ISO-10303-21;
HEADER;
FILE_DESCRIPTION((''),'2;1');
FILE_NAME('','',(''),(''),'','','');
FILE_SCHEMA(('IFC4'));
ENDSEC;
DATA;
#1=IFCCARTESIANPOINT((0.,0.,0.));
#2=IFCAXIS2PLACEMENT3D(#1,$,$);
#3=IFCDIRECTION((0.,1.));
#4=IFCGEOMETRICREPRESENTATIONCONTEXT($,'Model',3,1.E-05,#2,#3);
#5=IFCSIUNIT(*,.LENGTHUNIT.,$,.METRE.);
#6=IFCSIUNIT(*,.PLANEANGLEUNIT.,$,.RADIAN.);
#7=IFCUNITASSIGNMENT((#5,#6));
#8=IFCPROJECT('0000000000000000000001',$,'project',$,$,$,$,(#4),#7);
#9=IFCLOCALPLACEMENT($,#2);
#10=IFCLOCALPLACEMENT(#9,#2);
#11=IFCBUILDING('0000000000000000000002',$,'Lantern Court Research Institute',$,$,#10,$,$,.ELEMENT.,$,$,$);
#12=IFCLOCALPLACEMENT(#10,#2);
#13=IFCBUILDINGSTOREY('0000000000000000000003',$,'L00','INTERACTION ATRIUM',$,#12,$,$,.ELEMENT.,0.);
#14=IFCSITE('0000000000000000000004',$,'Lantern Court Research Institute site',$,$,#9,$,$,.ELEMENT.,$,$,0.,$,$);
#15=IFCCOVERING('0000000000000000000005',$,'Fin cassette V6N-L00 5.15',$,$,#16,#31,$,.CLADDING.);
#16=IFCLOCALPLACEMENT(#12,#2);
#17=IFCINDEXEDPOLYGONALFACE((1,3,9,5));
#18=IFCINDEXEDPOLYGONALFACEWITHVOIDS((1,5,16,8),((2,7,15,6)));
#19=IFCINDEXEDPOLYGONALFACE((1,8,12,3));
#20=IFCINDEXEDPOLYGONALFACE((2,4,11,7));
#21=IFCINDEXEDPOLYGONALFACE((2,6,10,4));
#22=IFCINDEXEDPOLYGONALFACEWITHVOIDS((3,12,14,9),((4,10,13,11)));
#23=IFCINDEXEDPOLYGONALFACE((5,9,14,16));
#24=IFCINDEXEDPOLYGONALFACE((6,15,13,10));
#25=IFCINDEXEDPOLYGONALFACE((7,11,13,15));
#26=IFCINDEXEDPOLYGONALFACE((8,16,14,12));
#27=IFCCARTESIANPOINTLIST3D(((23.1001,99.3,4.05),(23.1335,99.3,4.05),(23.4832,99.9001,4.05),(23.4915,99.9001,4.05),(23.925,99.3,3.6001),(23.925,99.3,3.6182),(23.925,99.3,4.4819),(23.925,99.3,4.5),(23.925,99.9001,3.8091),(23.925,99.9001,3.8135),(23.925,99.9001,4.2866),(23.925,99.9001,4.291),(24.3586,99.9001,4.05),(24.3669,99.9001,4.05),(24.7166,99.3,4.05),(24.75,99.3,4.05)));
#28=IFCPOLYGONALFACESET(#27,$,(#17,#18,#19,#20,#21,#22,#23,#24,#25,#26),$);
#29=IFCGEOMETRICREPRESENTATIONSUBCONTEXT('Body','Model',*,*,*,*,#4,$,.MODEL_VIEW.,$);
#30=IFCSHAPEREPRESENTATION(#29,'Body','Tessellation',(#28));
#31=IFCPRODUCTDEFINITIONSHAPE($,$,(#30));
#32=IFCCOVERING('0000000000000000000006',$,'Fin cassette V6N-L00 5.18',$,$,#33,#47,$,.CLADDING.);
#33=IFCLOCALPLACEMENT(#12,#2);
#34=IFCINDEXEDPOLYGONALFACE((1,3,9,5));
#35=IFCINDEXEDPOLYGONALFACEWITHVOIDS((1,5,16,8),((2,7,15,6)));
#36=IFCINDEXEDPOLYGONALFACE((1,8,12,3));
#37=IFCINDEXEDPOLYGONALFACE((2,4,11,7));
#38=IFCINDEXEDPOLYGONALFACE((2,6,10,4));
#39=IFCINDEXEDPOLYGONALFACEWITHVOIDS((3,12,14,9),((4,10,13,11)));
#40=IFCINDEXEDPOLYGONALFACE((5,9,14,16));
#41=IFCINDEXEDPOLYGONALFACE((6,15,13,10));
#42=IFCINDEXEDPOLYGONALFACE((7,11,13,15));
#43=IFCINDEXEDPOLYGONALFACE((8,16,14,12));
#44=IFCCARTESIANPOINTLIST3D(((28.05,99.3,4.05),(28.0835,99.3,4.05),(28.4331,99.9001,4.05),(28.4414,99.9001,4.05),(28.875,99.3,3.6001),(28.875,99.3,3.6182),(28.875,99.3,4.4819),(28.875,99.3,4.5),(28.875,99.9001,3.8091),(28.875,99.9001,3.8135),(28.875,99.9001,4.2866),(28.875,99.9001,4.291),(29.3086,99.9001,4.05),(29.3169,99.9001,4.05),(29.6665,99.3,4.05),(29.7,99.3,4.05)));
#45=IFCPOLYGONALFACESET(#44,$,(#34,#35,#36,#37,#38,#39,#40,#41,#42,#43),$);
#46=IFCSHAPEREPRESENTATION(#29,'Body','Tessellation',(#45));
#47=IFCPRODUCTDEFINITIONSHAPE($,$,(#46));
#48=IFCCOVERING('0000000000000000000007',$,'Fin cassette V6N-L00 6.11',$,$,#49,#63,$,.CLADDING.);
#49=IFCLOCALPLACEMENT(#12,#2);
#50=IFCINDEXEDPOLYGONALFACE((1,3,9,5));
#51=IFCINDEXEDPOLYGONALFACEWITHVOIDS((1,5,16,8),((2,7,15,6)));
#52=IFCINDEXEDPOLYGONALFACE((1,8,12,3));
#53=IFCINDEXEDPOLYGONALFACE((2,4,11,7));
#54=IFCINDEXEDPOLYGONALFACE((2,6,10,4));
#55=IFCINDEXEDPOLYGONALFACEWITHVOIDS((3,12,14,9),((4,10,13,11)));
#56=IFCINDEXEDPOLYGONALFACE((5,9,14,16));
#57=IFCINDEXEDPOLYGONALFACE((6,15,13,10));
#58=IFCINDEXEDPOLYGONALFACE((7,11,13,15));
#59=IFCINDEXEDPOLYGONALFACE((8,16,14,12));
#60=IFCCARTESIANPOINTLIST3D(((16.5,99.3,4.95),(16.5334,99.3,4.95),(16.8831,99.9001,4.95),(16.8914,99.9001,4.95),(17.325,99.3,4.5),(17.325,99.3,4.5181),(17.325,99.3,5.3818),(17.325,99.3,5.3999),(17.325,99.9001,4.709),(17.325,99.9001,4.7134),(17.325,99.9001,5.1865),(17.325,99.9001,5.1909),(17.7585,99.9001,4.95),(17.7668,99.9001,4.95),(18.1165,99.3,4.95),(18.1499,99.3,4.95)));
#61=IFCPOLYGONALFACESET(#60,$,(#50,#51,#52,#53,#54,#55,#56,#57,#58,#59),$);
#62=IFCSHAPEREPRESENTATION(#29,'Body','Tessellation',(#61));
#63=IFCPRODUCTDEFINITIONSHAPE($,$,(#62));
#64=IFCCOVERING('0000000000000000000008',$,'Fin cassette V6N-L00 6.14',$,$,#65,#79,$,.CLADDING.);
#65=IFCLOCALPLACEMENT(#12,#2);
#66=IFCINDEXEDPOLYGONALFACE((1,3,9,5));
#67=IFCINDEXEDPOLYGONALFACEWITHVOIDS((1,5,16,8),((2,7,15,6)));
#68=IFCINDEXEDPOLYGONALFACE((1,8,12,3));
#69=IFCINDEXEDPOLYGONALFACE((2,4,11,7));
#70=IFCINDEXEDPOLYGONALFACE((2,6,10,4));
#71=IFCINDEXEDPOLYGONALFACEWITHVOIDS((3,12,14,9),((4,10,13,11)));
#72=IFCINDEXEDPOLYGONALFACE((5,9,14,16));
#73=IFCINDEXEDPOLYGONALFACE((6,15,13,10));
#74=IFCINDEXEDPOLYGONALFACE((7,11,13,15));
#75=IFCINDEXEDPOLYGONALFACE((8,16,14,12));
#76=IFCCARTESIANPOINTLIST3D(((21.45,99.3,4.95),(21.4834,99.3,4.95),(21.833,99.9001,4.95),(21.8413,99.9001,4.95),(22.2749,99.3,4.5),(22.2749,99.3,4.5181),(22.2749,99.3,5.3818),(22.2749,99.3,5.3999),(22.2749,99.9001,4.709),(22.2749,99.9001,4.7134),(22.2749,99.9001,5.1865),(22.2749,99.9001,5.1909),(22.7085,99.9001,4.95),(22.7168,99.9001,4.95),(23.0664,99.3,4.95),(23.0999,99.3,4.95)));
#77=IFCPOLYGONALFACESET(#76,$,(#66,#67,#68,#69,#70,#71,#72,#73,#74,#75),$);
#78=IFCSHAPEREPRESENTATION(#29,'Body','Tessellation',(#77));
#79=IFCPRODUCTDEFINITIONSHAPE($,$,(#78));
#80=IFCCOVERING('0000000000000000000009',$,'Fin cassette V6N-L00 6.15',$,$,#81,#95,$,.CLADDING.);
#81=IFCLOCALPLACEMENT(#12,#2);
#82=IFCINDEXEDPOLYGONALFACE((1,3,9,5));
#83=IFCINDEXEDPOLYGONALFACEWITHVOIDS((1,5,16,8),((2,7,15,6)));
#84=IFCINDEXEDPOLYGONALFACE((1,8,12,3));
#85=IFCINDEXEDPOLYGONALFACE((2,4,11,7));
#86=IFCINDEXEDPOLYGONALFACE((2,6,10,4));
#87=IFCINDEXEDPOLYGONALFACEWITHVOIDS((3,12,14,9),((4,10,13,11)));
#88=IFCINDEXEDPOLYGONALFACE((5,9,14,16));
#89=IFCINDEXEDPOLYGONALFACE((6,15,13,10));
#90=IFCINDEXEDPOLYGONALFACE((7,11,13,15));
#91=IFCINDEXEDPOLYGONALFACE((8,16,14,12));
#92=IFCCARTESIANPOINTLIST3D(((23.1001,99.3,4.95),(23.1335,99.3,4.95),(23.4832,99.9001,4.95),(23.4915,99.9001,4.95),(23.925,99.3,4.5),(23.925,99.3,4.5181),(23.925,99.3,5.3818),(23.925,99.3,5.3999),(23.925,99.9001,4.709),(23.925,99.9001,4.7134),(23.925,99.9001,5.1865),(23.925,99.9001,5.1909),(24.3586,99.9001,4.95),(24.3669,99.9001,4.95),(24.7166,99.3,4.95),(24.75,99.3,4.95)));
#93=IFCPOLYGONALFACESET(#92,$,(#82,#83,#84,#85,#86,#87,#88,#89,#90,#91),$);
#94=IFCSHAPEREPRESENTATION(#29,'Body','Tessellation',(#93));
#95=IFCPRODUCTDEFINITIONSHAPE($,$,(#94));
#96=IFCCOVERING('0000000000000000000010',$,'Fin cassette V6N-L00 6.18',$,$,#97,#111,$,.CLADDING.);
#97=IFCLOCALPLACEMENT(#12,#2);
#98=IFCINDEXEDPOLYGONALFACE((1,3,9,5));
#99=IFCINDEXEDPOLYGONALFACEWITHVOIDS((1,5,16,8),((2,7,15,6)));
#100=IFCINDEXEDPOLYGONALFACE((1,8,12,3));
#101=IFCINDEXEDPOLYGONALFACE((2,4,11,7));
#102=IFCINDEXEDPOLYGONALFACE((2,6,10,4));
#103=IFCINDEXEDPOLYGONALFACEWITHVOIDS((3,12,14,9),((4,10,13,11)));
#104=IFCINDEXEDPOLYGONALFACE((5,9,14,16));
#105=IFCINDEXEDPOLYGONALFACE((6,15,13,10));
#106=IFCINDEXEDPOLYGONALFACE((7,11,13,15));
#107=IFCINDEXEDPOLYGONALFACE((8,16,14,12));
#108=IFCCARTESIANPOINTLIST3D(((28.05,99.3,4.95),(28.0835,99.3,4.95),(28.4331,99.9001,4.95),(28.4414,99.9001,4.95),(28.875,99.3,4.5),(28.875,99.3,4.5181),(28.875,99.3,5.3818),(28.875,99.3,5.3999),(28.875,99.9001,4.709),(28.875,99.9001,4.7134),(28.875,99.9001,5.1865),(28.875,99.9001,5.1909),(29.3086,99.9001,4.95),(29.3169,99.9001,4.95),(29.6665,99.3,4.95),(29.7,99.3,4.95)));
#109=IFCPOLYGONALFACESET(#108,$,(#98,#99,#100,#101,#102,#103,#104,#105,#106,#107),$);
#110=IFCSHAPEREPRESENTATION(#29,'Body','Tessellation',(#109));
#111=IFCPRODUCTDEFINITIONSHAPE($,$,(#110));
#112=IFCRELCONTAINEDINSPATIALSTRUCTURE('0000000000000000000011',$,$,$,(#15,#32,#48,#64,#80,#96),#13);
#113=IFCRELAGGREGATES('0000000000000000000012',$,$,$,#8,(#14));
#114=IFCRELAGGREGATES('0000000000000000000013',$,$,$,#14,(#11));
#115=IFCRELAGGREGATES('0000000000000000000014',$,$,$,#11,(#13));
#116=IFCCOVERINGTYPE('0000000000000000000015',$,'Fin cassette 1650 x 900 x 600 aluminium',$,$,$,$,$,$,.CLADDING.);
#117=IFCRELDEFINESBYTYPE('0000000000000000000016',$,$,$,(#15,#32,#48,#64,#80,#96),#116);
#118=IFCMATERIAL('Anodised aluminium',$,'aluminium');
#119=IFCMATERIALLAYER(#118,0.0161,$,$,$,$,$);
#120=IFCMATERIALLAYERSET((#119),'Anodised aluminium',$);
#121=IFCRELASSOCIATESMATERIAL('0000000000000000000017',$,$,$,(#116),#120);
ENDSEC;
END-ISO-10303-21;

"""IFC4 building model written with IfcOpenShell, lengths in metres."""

from ifc_helpers import new_model, entity, si_unit, direction, frame, origin, place, context, subcontext, project, spatial, material, layer, layer_set, type_object, element, save


model = new_model("IFC4")

# Units and contexts
model_context = context("Model", 3, precision=1e-05, world=origin(), true_north=direction((0.0, 1.0)))
body_context = subcontext(model_context, "Body", "Model", "MODEL_VIEW")
ifc_project = project(units=[si_unit("LENGTHUNIT", "METRE"), si_unit("PLANEANGLEUNIT", "RADIAN")], contexts=[model_context])

# Site, building, storey
site_placement = place(None, origin())
site = spatial("IfcSite", under=ifc_project, at=site_placement, Name="Lantern Court Research Institute site", CompositionType="ELEMENT", RefElevation=0.0)
building_placement = place(site_placement, origin())
building = spatial("IfcBuilding", under=site, at=building_placement, Name="Lantern Court Research Institute", CompositionType="ELEMENT")
storey_placement = place(building_placement, origin())
storey = spatial("IfcBuildingStorey", under=building, at=storey_placement, Name="L00", Description="INTERACTION ATRIUM", CompositionType="ELEMENT", Elevation=0.0)

# Coverings
ifc_material_1 = material(Name="Anodised aluminium", Category="aluminium")
ifc_layer_1 = layer(ifc_material_1, 0.0161)
ifc_layer_set_1 = layer_set([ifc_layer_1], Name="Anodised aluminium")
covering_type_1 = type_object("IfcCoveringType", Name="Fin cassette 1650 x 900 x 600 aluminium", PredefinedType="CLADDING", material=ifc_layer_set_1)
covering_1_placement = place(storey_placement, frame((23.925, 99.3, 4.05), z_axis=(0.0, 1.0, 0.0), x_axis=(-1.0, 0.0, 0.0)))
cartesian_point_1 = entity("IfcCartesianPoint", [0.825, 0.0])
cartesian_point_2 = entity("IfcCartesianPoint", [0.7915, 0.0])
cartesian_point_3 = entity("IfcCartesianPoint", [0.4419, 0.0])
cartesian_point_4 = entity("IfcCartesianPoint", [0.4336, 0.0])
element("IfcCovering", 1, at=covering_1_placement, inside=storey, type_object=covering_type_1, Name="Fin cassette V6N-L00 5.15", PredefinedType="CLADDING", context=body_context, shape_type="SweptSolid", body=[
    entity("IfcExtrudedAreaSolidTapered", entity("IfcArbitraryProfileDefWithVoids", "AREA", None, entity("IfcPolyline", [cartesian_point_1, entity("IfcCartesianPoint", [0.0, 0.45]), entity("IfcCartesianPoint", [-0.825, 0.0]), entity("IfcCartesianPoint", [0.0, -0.45]), cartesian_point_1]), [entity("IfcPolyline", [cartesian_point_2, entity("IfcCartesianPoint", [0.0, 0.4319]), entity("IfcCartesianPoint", [-0.7915, 0.0]), entity("IfcCartesianPoint", [0.0, -0.4319]), cartesian_point_2])]), entity("IfcAxis2Placement3D", entity("IfcCartesianPoint", [0.0, 0.0, 0.0])), entity("IfcDirection", [0.0, 0.0, 1.0]), 0.6001, entity("IfcArbitraryProfileDefWithVoids", "AREA", None, entity("IfcPolyline", [cartesian_point_3, entity("IfcCartesianPoint", [0.0, 0.241]), entity("IfcCartesianPoint", [-0.4419, 0.0]), entity("IfcCartesianPoint", [0.0, -0.241]), cartesian_point_3]), [entity("IfcPolyline", [cartesian_point_4, entity("IfcCartesianPoint", [0.0, 0.2366]), entity("IfcCartesianPoint", [-0.4336, 0.0]), entity("IfcCartesianPoint", [0.0, -0.2366]), cartesian_point_4])])),
])
covering_2_placement = place(storey_placement, frame((28.875, 99.3, 4.05), z_axis=(0.0, 1.0, 0.0), x_axis=(-1.0, 0.0, 0.0)))
cartesian_point_5 = entity("IfcCartesianPoint", [0.825, 0.0])
cartesian_point_6 = entity("IfcCartesianPoint", [0.7915, 0.0])
cartesian_point_7 = entity("IfcCartesianPoint", [0.4419, 0.0])
cartesian_point_8 = entity("IfcCartesianPoint", [0.4336, 0.0])
element("IfcCovering", 2, at=covering_2_placement, inside=storey, type_object=covering_type_1, Name="Fin cassette V6N-L00 5.18", PredefinedType="CLADDING", context=body_context, shape_type="SweptSolid", body=[
    entity("IfcExtrudedAreaSolidTapered", entity("IfcArbitraryProfileDefWithVoids", "AREA", None, entity("IfcPolyline", [cartesian_point_5, entity("IfcCartesianPoint", [0.0, 0.45]), entity("IfcCartesianPoint", [-0.825, 0.0]), entity("IfcCartesianPoint", [0.0, -0.45]), cartesian_point_5]), [entity("IfcPolyline", [cartesian_point_6, entity("IfcCartesianPoint", [0.0, 0.4319]), entity("IfcCartesianPoint", [-0.7915, 0.0]), entity("IfcCartesianPoint", [0.0, -0.4319]), cartesian_point_6])]), entity("IfcAxis2Placement3D", entity("IfcCartesianPoint", [0.0, 0.0, 0.0])), entity("IfcDirection", [0.0, 0.0, 1.0]), 0.6001, entity("IfcArbitraryProfileDefWithVoids", "AREA", None, entity("IfcPolyline", [cartesian_point_7, entity("IfcCartesianPoint", [0.0, 0.241]), entity("IfcCartesianPoint", [-0.4419, 0.0]), entity("IfcCartesianPoint", [0.0, -0.241]), cartesian_point_7]), [entity("IfcPolyline", [cartesian_point_8, entity("IfcCartesianPoint", [0.0, 0.2366]), entity("IfcCartesianPoint", [-0.4336, 0.0]), entity("IfcCartesianPoint", [0.0, -0.2366]), cartesian_point_8])])),
])
covering_3_placement = place(storey_placement, frame((17.325, 99.3, 4.95), z_axis=(0.0, 1.0, 0.0), x_axis=(-1.0, 0.0, 0.0)))
cartesian_point_9 = entity("IfcCartesianPoint", [0.825, 0.0])
cartesian_point_10 = entity("IfcCartesianPoint", [0.7915, 0.0])
cartesian_point_11 = entity("IfcCartesianPoint", [0.4419, 0.0])
cartesian_point_12 = entity("IfcCartesianPoint", [0.4336, 0.0])
element("IfcCovering", 3, at=covering_3_placement, inside=storey, type_object=covering_type_1, Name="Fin cassette V6N-L00 6.11", PredefinedType="CLADDING", context=body_context, shape_type="SweptSolid", body=[
    entity("IfcExtrudedAreaSolidTapered", entity("IfcArbitraryProfileDefWithVoids", "AREA", None, entity("IfcPolyline", [cartesian_point_9, entity("IfcCartesianPoint", [0.0, 0.45]), entity("IfcCartesianPoint", [-0.825, 0.0]), entity("IfcCartesianPoint", [0.0, -0.45]), cartesian_point_9]), [entity("IfcPolyline", [cartesian_point_10, entity("IfcCartesianPoint", [0.0, 0.4319]), entity("IfcCartesianPoint", [-0.7915, 0.0]), entity("IfcCartesianPoint", [0.0, -0.4319]), cartesian_point_10])]), entity("IfcAxis2Placement3D", entity("IfcCartesianPoint", [0.0, 0.0, 0.0])), entity("IfcDirection", [0.0, 0.0, 1.0]), 0.6001, entity("IfcArbitraryProfileDefWithVoids", "AREA", None, entity("IfcPolyline", [cartesian_point_11, entity("IfcCartesianPoint", [0.0, 0.241]), entity("IfcCartesianPoint", [-0.4419, 0.0]), entity("IfcCartesianPoint", [0.0, -0.241]), cartesian_point_11]), [entity("IfcPolyline", [cartesian_point_12, entity("IfcCartesianPoint", [0.0, 0.2366]), entity("IfcCartesianPoint", [-0.4336, 0.0]), entity("IfcCartesianPoint", [0.0, -0.2366]), cartesian_point_12])])),
])
covering_4_placement = place(storey_placement, frame((22.2749, 99.3, 4.95), z_axis=(0.0, 1.0, 0.0), x_axis=(-1.0, 0.0, 0.0)))
cartesian_point_13 = entity("IfcCartesianPoint", [0.825, 0.0])
cartesian_point_14 = entity("IfcCartesianPoint", [0.7915, 0.0])
cartesian_point_15 = entity("IfcCartesianPoint", [0.4419, 0.0])
cartesian_point_16 = entity("IfcCartesianPoint", [0.4336, 0.0])
element("IfcCovering", 4, at=covering_4_placement, inside=storey, type_object=covering_type_1, Name="Fin cassette V6N-L00 6.14", PredefinedType="CLADDING", context=body_context, shape_type="SweptSolid", body=[
    entity("IfcExtrudedAreaSolidTapered", entity("IfcArbitraryProfileDefWithVoids", "AREA", None, entity("IfcPolyline", [cartesian_point_13, entity("IfcCartesianPoint", [0.0, 0.45]), entity("IfcCartesianPoint", [-0.825, 0.0]), entity("IfcCartesianPoint", [0.0, -0.45]), cartesian_point_13]), [entity("IfcPolyline", [cartesian_point_14, entity("IfcCartesianPoint", [0.0, 0.4319]), entity("IfcCartesianPoint", [-0.7915, 0.0]), entity("IfcCartesianPoint", [0.0, -0.4319]), cartesian_point_14])]), entity("IfcAxis2Placement3D", entity("IfcCartesianPoint", [0.0, 0.0, 0.0])), entity("IfcDirection", [0.0, 0.0, 1.0]), 0.6001, entity("IfcArbitraryProfileDefWithVoids", "AREA", None, entity("IfcPolyline", [cartesian_point_15, entity("IfcCartesianPoint", [0.0, 0.241]), entity("IfcCartesianPoint", [-0.4419, 0.0]), entity("IfcCartesianPoint", [0.0, -0.241]), cartesian_point_15]), [entity("IfcPolyline", [cartesian_point_16, entity("IfcCartesianPoint", [0.0, 0.2366]), entity("IfcCartesianPoint", [-0.4336, 0.0]), entity("IfcCartesianPoint", [0.0, -0.2366]), cartesian_point_16])])),
])
covering_5_placement = place(storey_placement, frame((23.925, 99.3, 4.95), z_axis=(0.0, 1.0, 0.0), x_axis=(-1.0, 0.0, 0.0)))
cartesian_point_17 = entity("IfcCartesianPoint", [0.825, 0.0])
cartesian_point_18 = entity("IfcCartesianPoint", [0.7915, 0.0])
cartesian_point_19 = entity("IfcCartesianPoint", [0.4419, 0.0])
cartesian_point_20 = entity("IfcCartesianPoint", [0.4336, 0.0])
element("IfcCovering", 5, at=covering_5_placement, inside=storey, type_object=covering_type_1, Name="Fin cassette V6N-L00 6.15", PredefinedType="CLADDING", context=body_context, shape_type="SweptSolid", body=[
    entity("IfcExtrudedAreaSolidTapered", entity("IfcArbitraryProfileDefWithVoids", "AREA", None, entity("IfcPolyline", [cartesian_point_17, entity("IfcCartesianPoint", [0.0, 0.45]), entity("IfcCartesianPoint", [-0.825, 0.0]), entity("IfcCartesianPoint", [0.0, -0.45]), cartesian_point_17]), [entity("IfcPolyline", [cartesian_point_18, entity("IfcCartesianPoint", [0.0, 0.4319]), entity("IfcCartesianPoint", [-0.7915, 0.0]), entity("IfcCartesianPoint", [0.0, -0.4319]), cartesian_point_18])]), entity("IfcAxis2Placement3D", entity("IfcCartesianPoint", [0.0, 0.0, 0.0])), entity("IfcDirection", [0.0, 0.0, 1.0]), 0.6001, entity("IfcArbitraryProfileDefWithVoids", "AREA", None, entity("IfcPolyline", [cartesian_point_19, entity("IfcCartesianPoint", [0.0, 0.241]), entity("IfcCartesianPoint", [-0.4419, 0.0]), entity("IfcCartesianPoint", [0.0, -0.241]), cartesian_point_19]), [entity("IfcPolyline", [cartesian_point_20, entity("IfcCartesianPoint", [0.0, 0.2366]), entity("IfcCartesianPoint", [-0.4336, 0.0]), entity("IfcCartesianPoint", [0.0, -0.2366]), cartesian_point_20])])),
])
covering_6_placement = place(storey_placement, frame((28.875, 99.3, 4.95), z_axis=(0.0, 1.0, 0.0), x_axis=(-1.0, 0.0, 0.0)))
cartesian_point_21 = entity("IfcCartesianPoint", [0.825, 0.0])
cartesian_point_22 = entity("IfcCartesianPoint", [0.7915, 0.0])
cartesian_point_23 = entity("IfcCartesianPoint", [0.4419, 0.0])
cartesian_point_24 = entity("IfcCartesianPoint", [0.4336, 0.0])
element("IfcCovering", 6, at=covering_6_placement, inside=storey, type_object=covering_type_1, Name="Fin cassette V6N-L00 6.18", PredefinedType="CLADDING", context=body_context, shape_type="SweptSolid", body=[
    entity("IfcExtrudedAreaSolidTapered", entity("IfcArbitraryProfileDefWithVoids", "AREA", None, entity("IfcPolyline", [cartesian_point_21, entity("IfcCartesianPoint", [0.0, 0.45]), entity("IfcCartesianPoint", [-0.825, 0.0]), entity("IfcCartesianPoint", [0.0, -0.45]), cartesian_point_21]), [entity("IfcPolyline", [cartesian_point_22, entity("IfcCartesianPoint", [0.0, 0.4319]), entity("IfcCartesianPoint", [-0.7915, 0.0]), entity("IfcCartesianPoint", [0.0, -0.4319]), cartesian_point_22])]), entity("IfcAxis2Placement3D", entity("IfcCartesianPoint", [0.0, 0.0, 0.0])), entity("IfcDirection", [0.0, 0.0, 1.0]), 0.6001, entity("IfcArbitraryProfileDefWithVoids", "AREA", None, entity("IfcPolyline", [cartesian_point_23, entity("IfcCartesianPoint", [0.0, 0.241]), entity("IfcCartesianPoint", [-0.4419, 0.0]), entity("IfcCartesianPoint", [0.0, -0.241]), cartesian_point_23]), [entity("IfcPolyline", [cartesian_point_24, entity("IfcCartesianPoint", [0.0, 0.2366]), entity("IfcCartesianPoint", [-0.4336, 0.0]), entity("IfcCartesianPoint", [0.0, -0.2366]), cartesian_point_24])])),
])

save(model, "model.ifc")
